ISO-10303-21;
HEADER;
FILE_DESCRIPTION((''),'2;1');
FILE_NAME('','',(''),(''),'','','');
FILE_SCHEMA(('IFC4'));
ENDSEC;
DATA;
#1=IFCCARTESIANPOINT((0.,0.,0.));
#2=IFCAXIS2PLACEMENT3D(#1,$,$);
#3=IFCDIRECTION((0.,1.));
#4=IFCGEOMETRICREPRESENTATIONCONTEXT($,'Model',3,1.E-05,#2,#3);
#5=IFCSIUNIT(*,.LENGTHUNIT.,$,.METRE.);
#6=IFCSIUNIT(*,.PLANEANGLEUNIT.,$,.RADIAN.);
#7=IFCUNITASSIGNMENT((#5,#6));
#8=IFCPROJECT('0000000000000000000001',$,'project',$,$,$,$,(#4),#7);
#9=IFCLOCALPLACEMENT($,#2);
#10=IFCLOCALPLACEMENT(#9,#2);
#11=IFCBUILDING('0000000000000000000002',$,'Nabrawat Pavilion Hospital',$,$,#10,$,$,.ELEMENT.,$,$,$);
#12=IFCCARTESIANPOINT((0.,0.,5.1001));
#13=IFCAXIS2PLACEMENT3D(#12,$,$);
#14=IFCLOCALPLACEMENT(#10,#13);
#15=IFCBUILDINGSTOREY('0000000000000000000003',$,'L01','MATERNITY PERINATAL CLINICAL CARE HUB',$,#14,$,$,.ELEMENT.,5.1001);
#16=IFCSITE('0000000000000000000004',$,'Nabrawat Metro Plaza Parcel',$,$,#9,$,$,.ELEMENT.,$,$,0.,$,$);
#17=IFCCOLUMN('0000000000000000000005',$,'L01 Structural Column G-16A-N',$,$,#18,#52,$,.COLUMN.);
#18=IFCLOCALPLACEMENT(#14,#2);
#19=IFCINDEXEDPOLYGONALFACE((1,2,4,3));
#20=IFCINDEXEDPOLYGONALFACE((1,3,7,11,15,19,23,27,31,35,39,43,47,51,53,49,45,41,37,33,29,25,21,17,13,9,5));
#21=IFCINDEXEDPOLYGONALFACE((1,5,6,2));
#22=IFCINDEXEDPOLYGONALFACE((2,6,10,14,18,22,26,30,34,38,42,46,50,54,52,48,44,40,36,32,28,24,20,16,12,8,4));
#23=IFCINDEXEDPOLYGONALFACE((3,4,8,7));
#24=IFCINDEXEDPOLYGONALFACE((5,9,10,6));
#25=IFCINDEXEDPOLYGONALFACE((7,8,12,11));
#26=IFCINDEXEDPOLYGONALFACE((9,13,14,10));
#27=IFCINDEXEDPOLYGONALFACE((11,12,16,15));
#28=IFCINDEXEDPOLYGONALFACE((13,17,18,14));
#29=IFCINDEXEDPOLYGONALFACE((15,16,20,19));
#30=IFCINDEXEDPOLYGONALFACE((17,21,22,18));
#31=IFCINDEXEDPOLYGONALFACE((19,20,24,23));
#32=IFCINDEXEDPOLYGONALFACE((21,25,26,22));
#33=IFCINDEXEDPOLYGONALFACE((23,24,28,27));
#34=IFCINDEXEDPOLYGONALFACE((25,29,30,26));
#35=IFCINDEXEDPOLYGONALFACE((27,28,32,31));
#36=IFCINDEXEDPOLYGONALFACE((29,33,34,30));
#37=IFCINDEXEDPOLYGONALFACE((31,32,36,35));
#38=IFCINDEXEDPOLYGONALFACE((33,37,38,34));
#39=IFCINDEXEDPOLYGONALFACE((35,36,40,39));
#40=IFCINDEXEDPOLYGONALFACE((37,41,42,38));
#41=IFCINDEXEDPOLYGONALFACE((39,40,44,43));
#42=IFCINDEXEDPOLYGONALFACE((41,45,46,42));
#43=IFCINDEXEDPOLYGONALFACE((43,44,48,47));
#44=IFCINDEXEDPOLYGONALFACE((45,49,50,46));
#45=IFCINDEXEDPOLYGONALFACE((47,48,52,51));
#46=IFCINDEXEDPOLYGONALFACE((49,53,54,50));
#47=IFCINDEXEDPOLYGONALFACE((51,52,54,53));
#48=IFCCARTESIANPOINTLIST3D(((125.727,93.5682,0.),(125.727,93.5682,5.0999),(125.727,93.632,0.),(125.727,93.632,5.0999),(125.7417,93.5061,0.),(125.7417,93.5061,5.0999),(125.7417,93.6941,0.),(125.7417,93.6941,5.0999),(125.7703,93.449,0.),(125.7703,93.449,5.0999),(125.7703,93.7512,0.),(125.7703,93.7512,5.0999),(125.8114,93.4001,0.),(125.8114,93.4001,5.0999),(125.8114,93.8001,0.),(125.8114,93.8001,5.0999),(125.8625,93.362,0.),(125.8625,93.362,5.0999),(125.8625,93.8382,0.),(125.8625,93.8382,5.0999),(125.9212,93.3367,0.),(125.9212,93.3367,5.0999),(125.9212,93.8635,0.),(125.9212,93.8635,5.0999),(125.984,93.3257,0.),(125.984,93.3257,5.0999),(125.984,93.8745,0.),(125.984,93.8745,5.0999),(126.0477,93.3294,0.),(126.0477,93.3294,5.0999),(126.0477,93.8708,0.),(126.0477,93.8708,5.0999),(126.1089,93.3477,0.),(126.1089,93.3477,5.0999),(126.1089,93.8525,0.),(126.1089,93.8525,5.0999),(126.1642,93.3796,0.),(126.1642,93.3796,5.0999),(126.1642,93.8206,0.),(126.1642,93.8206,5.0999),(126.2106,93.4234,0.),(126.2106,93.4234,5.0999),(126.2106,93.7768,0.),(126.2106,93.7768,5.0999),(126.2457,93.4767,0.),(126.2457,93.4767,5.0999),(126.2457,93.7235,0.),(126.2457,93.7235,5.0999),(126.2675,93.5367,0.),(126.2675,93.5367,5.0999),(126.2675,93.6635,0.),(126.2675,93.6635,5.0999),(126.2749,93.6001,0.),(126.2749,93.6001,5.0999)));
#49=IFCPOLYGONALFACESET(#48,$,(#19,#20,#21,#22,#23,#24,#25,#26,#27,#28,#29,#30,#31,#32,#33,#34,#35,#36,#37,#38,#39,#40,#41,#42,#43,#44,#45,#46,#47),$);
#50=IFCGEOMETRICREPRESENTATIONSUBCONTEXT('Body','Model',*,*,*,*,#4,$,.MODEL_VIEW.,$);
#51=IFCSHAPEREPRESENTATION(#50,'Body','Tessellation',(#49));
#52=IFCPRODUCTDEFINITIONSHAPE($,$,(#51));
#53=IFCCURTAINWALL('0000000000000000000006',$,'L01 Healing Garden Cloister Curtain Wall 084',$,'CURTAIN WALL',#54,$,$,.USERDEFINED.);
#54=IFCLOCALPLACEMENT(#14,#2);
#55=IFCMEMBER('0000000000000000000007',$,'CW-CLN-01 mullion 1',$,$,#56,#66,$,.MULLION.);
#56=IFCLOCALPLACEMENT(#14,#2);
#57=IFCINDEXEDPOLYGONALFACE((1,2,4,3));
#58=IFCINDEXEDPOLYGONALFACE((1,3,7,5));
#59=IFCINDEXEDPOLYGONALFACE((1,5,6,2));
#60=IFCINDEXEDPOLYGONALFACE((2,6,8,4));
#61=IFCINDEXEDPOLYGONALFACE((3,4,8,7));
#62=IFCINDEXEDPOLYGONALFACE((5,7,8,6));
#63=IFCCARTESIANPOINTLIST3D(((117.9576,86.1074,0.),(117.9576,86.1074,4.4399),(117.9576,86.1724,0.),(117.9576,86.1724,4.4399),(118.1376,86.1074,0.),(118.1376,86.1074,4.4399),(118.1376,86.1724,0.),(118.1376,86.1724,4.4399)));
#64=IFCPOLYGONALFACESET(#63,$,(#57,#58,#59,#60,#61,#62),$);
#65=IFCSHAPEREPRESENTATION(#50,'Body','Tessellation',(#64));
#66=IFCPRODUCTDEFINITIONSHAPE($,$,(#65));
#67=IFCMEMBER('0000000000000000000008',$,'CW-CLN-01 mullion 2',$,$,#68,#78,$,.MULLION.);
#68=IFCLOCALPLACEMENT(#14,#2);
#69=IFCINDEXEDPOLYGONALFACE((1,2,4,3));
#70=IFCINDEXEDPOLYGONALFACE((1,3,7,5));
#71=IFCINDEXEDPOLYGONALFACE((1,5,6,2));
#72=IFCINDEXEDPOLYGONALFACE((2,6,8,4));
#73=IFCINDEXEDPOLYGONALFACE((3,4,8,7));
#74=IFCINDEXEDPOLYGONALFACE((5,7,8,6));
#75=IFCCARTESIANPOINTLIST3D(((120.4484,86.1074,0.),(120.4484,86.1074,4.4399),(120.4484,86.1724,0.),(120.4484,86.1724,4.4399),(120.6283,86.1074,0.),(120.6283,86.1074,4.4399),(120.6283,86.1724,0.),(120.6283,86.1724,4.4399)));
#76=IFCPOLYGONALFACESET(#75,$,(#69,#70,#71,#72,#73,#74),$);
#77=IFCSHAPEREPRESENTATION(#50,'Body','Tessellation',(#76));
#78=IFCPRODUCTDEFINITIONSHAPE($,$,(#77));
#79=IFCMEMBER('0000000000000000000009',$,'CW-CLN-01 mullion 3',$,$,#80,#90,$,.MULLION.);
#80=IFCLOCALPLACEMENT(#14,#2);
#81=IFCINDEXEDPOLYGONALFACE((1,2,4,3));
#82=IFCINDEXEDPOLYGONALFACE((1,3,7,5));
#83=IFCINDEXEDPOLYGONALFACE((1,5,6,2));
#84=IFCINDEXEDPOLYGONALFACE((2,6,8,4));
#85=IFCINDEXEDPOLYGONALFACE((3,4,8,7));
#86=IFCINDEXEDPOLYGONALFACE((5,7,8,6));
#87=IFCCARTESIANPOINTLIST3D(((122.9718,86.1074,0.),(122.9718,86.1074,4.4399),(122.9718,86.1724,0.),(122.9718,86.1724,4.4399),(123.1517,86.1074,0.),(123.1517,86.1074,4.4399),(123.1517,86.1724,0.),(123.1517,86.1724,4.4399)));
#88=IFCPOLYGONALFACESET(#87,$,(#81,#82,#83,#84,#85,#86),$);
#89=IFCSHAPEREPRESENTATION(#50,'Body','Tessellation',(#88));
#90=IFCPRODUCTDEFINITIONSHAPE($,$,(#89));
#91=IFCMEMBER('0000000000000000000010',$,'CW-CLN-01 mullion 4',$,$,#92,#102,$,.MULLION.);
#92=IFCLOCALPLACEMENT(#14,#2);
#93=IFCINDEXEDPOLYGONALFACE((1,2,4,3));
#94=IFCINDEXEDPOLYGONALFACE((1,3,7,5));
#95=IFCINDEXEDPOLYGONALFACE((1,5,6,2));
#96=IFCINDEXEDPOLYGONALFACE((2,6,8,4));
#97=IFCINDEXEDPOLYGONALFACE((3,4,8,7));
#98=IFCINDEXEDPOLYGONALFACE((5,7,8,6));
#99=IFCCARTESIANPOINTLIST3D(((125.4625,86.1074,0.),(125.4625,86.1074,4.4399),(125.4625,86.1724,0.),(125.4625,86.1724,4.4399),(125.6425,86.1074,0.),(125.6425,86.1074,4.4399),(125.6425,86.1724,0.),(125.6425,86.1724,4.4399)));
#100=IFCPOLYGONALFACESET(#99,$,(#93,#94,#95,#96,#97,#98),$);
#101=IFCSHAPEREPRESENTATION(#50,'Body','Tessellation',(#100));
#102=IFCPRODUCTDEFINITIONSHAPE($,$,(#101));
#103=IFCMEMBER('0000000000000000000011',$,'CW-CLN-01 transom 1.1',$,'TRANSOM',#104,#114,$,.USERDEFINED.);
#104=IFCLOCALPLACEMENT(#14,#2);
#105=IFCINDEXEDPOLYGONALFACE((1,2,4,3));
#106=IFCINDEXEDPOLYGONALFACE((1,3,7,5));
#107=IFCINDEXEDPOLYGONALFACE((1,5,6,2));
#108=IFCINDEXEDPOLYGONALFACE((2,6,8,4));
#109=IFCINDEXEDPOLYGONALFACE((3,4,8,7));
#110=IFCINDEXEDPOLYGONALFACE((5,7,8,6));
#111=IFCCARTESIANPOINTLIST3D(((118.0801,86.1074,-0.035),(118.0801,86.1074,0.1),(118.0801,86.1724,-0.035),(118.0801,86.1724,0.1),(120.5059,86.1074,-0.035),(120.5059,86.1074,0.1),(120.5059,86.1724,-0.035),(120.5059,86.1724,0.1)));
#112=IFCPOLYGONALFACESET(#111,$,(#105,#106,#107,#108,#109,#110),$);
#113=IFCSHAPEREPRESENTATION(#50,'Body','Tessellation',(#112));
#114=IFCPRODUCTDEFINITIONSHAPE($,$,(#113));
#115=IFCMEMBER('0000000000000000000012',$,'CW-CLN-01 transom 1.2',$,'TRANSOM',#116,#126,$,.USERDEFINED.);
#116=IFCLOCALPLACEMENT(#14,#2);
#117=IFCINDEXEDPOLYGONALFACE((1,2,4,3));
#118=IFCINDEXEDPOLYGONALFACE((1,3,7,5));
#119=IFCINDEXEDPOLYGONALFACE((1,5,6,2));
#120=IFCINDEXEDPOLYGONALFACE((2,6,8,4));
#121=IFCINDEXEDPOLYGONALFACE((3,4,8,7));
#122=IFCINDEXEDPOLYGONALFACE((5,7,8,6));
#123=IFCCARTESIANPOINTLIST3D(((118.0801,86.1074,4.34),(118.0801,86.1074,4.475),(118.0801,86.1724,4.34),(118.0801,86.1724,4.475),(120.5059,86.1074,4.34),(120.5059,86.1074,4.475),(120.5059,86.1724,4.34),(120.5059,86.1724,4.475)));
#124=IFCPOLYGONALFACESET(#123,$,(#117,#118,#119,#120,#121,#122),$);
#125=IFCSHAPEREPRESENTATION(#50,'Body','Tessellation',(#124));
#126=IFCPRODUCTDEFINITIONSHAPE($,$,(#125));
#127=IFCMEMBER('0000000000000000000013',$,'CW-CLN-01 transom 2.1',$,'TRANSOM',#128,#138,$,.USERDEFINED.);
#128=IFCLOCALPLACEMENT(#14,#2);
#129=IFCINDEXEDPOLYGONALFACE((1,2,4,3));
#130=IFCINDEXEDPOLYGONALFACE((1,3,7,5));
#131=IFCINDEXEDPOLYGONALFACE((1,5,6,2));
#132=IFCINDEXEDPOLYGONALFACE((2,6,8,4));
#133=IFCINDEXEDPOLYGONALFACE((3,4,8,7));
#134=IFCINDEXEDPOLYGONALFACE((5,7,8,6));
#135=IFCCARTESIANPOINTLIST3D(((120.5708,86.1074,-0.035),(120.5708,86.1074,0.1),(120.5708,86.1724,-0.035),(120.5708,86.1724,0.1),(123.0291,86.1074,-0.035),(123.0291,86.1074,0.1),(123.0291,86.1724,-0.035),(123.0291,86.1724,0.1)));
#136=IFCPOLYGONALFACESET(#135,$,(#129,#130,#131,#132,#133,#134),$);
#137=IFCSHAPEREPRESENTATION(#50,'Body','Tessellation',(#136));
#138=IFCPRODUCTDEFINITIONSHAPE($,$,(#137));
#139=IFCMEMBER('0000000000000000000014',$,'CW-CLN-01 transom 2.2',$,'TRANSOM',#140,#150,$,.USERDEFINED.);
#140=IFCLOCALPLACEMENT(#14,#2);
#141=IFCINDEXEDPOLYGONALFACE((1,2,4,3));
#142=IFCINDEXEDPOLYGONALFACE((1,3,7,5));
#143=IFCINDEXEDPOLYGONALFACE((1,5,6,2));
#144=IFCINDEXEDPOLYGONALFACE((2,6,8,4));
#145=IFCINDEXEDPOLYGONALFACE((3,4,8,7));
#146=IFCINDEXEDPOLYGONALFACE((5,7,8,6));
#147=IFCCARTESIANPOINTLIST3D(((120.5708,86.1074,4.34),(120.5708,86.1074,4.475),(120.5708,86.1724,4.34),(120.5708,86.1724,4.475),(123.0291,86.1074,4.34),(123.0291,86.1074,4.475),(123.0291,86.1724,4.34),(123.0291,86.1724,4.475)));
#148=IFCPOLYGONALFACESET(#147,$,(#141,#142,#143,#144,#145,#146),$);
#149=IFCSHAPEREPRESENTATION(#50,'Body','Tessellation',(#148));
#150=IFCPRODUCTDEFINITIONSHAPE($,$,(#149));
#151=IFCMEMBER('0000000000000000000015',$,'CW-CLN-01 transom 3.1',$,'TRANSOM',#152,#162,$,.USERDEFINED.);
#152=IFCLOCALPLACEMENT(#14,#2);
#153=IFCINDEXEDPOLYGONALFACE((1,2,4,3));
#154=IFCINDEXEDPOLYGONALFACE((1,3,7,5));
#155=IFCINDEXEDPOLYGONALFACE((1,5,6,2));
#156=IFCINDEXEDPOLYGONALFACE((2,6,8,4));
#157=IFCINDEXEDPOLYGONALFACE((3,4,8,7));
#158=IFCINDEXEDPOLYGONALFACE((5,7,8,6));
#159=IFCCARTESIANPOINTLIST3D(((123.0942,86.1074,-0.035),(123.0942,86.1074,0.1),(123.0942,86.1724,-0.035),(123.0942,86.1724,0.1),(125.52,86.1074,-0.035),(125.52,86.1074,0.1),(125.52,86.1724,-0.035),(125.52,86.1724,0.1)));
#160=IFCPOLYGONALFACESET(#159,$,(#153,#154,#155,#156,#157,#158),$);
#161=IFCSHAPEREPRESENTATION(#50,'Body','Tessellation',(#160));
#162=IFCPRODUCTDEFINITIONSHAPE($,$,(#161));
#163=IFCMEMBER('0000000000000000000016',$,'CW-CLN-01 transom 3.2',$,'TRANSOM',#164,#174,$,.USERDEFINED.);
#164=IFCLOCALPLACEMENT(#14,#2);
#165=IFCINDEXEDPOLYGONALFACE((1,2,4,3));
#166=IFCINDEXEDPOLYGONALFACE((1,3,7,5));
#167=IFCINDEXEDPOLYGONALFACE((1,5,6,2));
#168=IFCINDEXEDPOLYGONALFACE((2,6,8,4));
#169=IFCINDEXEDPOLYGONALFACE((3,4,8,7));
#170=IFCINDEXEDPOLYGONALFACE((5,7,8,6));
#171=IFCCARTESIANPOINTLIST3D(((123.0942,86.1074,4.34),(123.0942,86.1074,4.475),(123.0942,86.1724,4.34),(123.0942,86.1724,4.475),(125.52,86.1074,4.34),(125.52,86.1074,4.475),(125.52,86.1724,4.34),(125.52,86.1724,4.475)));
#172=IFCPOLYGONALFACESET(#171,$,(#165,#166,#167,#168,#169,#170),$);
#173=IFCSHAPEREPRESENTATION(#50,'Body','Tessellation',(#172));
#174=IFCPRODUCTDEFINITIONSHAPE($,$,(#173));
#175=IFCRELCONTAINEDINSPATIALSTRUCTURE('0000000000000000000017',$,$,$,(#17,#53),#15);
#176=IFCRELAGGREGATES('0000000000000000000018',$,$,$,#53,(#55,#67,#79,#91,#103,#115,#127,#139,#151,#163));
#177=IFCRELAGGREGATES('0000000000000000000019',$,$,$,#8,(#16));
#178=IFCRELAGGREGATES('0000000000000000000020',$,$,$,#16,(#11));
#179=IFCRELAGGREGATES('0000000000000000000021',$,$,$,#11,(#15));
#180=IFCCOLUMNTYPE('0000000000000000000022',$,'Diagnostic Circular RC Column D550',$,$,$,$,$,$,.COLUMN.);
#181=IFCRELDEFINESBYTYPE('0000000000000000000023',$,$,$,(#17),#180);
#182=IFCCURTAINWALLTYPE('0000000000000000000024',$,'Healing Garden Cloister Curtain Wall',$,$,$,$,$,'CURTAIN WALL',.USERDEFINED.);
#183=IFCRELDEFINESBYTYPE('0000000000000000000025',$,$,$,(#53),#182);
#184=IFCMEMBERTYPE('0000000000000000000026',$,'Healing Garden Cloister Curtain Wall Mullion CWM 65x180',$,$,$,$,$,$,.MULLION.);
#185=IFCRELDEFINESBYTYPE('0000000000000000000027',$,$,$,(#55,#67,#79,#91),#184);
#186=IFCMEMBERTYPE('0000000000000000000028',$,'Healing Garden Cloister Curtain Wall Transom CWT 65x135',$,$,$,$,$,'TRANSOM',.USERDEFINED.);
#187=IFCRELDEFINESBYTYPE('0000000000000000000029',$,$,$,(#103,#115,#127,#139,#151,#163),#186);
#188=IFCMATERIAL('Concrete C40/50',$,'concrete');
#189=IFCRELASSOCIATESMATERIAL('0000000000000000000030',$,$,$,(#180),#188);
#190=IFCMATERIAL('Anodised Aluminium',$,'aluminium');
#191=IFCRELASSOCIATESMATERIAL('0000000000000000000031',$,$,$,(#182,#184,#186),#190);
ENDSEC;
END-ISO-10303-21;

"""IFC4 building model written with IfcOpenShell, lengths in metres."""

from ifc_helpers import new_model, si_unit, direction, frame, origin, origin_2d, place, context, subcontext, project, spatial, rectangle, circle, extrude, material, material_profile, profile_set, type_object, element, aggregate, save


model = new_model("IFC4")

# Units and contexts
model_context = context("Model", 3, precision=1e-05, world=origin(), true_north=direction((0.0, 1.0)))
body_context = subcontext(model_context, "Body", "Model", "MODEL_VIEW")
ifc_project = project(units=[si_unit("LENGTHUNIT", "METRE"), si_unit("PLANEANGLEUNIT", "RADIAN")], contexts=[model_context])

# Site, building, storey
site_placement = place(None, origin())
site = spatial("IfcSite", under=ifc_project, at=site_placement, Name="Nabrawat Metro Plaza Parcel", CompositionType="ELEMENT", RefElevation=0.0)
building_placement = place(site_placement, origin())
building = spatial("IfcBuilding", under=site, at=building_placement, Name="Nabrawat Pavilion Hospital", CompositionType="ELEMENT")
storey_placement = place(building_placement, frame((0.0, 0.0, 5.1001)))
storey = spatial("IfcBuildingStorey", under=building, at=storey_placement, Name="L01", Description="MATERNITY PERINATAL CLINICAL CARE HUB", CompositionType="ELEMENT", Elevation=5.1001)

# Column
ifc_material_1 = material(Name="Concrete C40/50", Category="concrete")
ifc_material_profile_1 = material_profile(ifc_material_1, circle(Radius=0.2749, at=origin_2d()), Name="RC D550")
ifc_profile_set_1 = profile_set([ifc_material_profile_1], Name="Concrete C40/50")
column_type = type_object("IfcColumnType", Name="Diagnostic Circular RC Column D550", PredefinedType="COLUMN", material=ifc_profile_set_1)
column_placement = place(storey_placement, frame((126.0, 93.6001, 0.0), z_axis=(0.0, 0.0, 1.0), x_axis=(1.0, 0.0, 0.0)))
element("IfcColumn", 1, at=column_placement, inside=storey, type_object=column_type, Name="L01 Structural Column G-16A-N", PredefinedType="COLUMN", context=body_context, shape_type="SweptSolid", body=[
    extrude(circle(Radius=0.2749, at=origin_2d()), origin(), (0.0, 0.0, 1.0), 5.0999),
])

# Curtain wall, members
ifc_material_2 = material(Name="Anodised Aluminium", Category="aluminium")
curtain_wall_type = type_object("IfcCurtainWallType", Name="Healing Garden Cloister Curtain Wall", ElementType="CURTAIN WALL", PredefinedType="USERDEFINED", material=ifc_material_2)
curtain_wall_placement = place(storey_placement, origin())
curtain_wall = element("IfcCurtainWall", 2, at=curtain_wall_placement, inside=storey, type_object=curtain_wall_type, Name="L01 Healing Garden Cloister Curtain Wall 084", ObjectType="CURTAIN WALL", PredefinedType="USERDEFINED")
ifc_material_profile_2 = material_profile(ifc_material_2, rectangle(XDim=0.0649, YDim=0.1799, at=origin_2d()), Name="CWM 65x180")
ifc_profile_set_2 = profile_set([ifc_material_profile_2], Name="Anodised Aluminium")
member_type_1 = type_object("IfcMemberType", Name="Healing Garden Cloister Curtain Wall Mullion CWM 65x180", PredefinedType="MULLION", material=ifc_profile_set_2)
member_1_placement = place(storey_placement, frame((118.0476, 86.1399, 0.0), z_axis=(0.0, 0.0, 1.0), x_axis=(0.0, 1.0, 0.0)))
member_1 = element("IfcMember", 3, at=member_1_placement, type_object=member_type_1, Name="CW-CLN-01 mullion 1", PredefinedType="MULLION", context=body_context, shape_type="SweptSolid", body=[
    extrude(rectangle(XDim=0.0649, YDim=0.1799, at=origin_2d()), origin(), (0.0, 0.0, 1.0), 4.4399),
])
member_2_placement = place(storey_placement, frame((120.5383, 86.1399, 0.0), z_axis=(0.0, 0.0, 1.0), x_axis=(0.0, 1.0, 0.0)))
member_2 = element("IfcMember", 4, at=member_2_placement, type_object=member_type_1, Name="CW-CLN-01 mullion 2", PredefinedType="MULLION", context=body_context, shape_type="SweptSolid", body=[
    extrude(rectangle(XDim=0.0649, YDim=0.1799, at=origin_2d()), origin(), (0.0, 0.0, 1.0), 4.4399),
])
member_3_placement = place(storey_placement, frame((123.0618, 86.1399, 0.0), z_axis=(0.0, 0.0, 1.0), x_axis=(0.0, 1.0, 0.0)))
member_3 = element("IfcMember", 5, at=member_3_placement, type_object=member_type_1, Name="CW-CLN-01 mullion 3", PredefinedType="MULLION", context=body_context, shape_type="SweptSolid", body=[
    extrude(rectangle(XDim=0.0649, YDim=0.1799, at=origin_2d()), origin(), (0.0, 0.0, 1.0), 4.4399),
])
member_4_placement = place(storey_placement, frame((125.5525, 86.1399, 0.0), z_axis=(0.0, 0.0, 1.0), x_axis=(0.0, 1.0, 0.0)))
member_4 = element("IfcMember", 6, at=member_4_placement, type_object=member_type_1, Name="CW-CLN-01 mullion 4", PredefinedType="MULLION", context=body_context, shape_type="SweptSolid", body=[
    extrude(rectangle(XDim=0.0649, YDim=0.1799, at=origin_2d()), origin(), (0.0, 0.0, 1.0), 4.4399),
])
ifc_material_profile_3 = material_profile(ifc_material_2, rectangle(XDim=0.0649, YDim=0.135, at=origin_2d()), Name="CWT 65x135")
ifc_profile_set_3 = profile_set([ifc_material_profile_3], Name="Anodised Aluminium")
member_type_2 = type_object("IfcMemberType", Name="Healing Garden Cloister Curtain Wall Transom CWT 65x135", ElementType="TRANSOM", PredefinedType="USERDEFINED", material=ifc_profile_set_3)
member_5_placement = place(storey_placement, frame((118.0801, 86.1399, 0.0325), z_axis=(1.0, 0.0, 0.0), x_axis=(0.0, 1.0, 0.0)))
member_5 = element("IfcMember", 7, at=member_5_placement, type_object=member_type_2, Name="CW-CLN-01 transom 1.1", ObjectType="TRANSOM", PredefinedType="USERDEFINED", context=body_context, shape_type="SweptSolid", body=[
    extrude(rectangle(XDim=0.0649, YDim=0.135, at=origin_2d()), origin(), (0.0, 0.0, 1.0), 2.4258),
])
member_6_placement = place(storey_placement, frame((118.0801, 86.1399, 4.4075), z_axis=(1.0, 0.0, 0.0), x_axis=(0.0, 1.0, 0.0)))
member_6 = element("IfcMember", 8, at=member_6_placement, type_object=member_type_2, Name="CW-CLN-01 transom 1.2", ObjectType="TRANSOM", PredefinedType="USERDEFINED", context=body_context, shape_type="SweptSolid", body=[
    extrude(rectangle(XDim=0.0649, YDim=0.135, at=origin_2d()), origin(), (0.0, 0.0, 1.0), 2.4258),
])
member_7_placement = place(storey_placement, frame((120.5708, 86.1399, 0.0325), z_axis=(1.0, 0.0, 0.0), x_axis=(0.0, 1.0, 0.0)))
member_7 = element("IfcMember", 9, at=member_7_placement, type_object=member_type_2, Name="CW-CLN-01 transom 2.1", ObjectType="TRANSOM", PredefinedType="USERDEFINED", context=body_context, shape_type="SweptSolid", body=[
    extrude(rectangle(XDim=0.0649, YDim=0.135, at=origin_2d()), origin(), (0.0, 0.0, 1.0), 2.4583),
])
member_8_placement = place(storey_placement, frame((120.5708, 86.1399, 4.4075), z_axis=(1.0, 0.0, 0.0), x_axis=(0.0, 1.0, 0.0)))
member_8 = element("IfcMember", 10, at=member_8_placement, type_object=member_type_2, Name="CW-CLN-01 transom 2.2", ObjectType="TRANSOM", PredefinedType="USERDEFINED", context=body_context, shape_type="SweptSolid", body=[
    extrude(rectangle(XDim=0.0649, YDim=0.135, at=origin_2d()), origin(), (0.0, 0.0, 1.0), 2.4583),
])
member_9_placement = place(storey_placement, frame((123.0942, 86.1399, 0.0325), z_axis=(1.0, 0.0, 0.0), x_axis=(0.0, 1.0, 0.0)))
member_9 = element("IfcMember", 11, at=member_9_placement, type_object=member_type_2, Name="CW-CLN-01 transom 3.1", ObjectType="TRANSOM", PredefinedType="USERDEFINED", context=body_context, shape_type="SweptSolid", body=[
    extrude(rectangle(XDim=0.0649, YDim=0.135, at=origin_2d()), origin(), (0.0, 0.0, 1.0), 2.4258),
])
member_10_placement = place(storey_placement, frame((123.0942, 86.1399, 4.4075), z_axis=(1.0, 0.0, 0.0), x_axis=(0.0, 1.0, 0.0)))
member_10 = element("IfcMember", 12, at=member_10_placement, type_object=member_type_2, Name="CW-CLN-01 transom 3.2", ObjectType="TRANSOM", PredefinedType="USERDEFINED", context=body_context, shape_type="SweptSolid", body=[
    extrude(rectangle(XDim=0.0649, YDim=0.135, at=origin_2d()), origin(), (0.0, 0.0, 1.0), 2.4258),
])

aggregate(curtain_wall, [member_1, member_2, member_3, member_4, member_5, member_6, member_7, member_8, member_9, member_10])

save(model, "model.ifc")
